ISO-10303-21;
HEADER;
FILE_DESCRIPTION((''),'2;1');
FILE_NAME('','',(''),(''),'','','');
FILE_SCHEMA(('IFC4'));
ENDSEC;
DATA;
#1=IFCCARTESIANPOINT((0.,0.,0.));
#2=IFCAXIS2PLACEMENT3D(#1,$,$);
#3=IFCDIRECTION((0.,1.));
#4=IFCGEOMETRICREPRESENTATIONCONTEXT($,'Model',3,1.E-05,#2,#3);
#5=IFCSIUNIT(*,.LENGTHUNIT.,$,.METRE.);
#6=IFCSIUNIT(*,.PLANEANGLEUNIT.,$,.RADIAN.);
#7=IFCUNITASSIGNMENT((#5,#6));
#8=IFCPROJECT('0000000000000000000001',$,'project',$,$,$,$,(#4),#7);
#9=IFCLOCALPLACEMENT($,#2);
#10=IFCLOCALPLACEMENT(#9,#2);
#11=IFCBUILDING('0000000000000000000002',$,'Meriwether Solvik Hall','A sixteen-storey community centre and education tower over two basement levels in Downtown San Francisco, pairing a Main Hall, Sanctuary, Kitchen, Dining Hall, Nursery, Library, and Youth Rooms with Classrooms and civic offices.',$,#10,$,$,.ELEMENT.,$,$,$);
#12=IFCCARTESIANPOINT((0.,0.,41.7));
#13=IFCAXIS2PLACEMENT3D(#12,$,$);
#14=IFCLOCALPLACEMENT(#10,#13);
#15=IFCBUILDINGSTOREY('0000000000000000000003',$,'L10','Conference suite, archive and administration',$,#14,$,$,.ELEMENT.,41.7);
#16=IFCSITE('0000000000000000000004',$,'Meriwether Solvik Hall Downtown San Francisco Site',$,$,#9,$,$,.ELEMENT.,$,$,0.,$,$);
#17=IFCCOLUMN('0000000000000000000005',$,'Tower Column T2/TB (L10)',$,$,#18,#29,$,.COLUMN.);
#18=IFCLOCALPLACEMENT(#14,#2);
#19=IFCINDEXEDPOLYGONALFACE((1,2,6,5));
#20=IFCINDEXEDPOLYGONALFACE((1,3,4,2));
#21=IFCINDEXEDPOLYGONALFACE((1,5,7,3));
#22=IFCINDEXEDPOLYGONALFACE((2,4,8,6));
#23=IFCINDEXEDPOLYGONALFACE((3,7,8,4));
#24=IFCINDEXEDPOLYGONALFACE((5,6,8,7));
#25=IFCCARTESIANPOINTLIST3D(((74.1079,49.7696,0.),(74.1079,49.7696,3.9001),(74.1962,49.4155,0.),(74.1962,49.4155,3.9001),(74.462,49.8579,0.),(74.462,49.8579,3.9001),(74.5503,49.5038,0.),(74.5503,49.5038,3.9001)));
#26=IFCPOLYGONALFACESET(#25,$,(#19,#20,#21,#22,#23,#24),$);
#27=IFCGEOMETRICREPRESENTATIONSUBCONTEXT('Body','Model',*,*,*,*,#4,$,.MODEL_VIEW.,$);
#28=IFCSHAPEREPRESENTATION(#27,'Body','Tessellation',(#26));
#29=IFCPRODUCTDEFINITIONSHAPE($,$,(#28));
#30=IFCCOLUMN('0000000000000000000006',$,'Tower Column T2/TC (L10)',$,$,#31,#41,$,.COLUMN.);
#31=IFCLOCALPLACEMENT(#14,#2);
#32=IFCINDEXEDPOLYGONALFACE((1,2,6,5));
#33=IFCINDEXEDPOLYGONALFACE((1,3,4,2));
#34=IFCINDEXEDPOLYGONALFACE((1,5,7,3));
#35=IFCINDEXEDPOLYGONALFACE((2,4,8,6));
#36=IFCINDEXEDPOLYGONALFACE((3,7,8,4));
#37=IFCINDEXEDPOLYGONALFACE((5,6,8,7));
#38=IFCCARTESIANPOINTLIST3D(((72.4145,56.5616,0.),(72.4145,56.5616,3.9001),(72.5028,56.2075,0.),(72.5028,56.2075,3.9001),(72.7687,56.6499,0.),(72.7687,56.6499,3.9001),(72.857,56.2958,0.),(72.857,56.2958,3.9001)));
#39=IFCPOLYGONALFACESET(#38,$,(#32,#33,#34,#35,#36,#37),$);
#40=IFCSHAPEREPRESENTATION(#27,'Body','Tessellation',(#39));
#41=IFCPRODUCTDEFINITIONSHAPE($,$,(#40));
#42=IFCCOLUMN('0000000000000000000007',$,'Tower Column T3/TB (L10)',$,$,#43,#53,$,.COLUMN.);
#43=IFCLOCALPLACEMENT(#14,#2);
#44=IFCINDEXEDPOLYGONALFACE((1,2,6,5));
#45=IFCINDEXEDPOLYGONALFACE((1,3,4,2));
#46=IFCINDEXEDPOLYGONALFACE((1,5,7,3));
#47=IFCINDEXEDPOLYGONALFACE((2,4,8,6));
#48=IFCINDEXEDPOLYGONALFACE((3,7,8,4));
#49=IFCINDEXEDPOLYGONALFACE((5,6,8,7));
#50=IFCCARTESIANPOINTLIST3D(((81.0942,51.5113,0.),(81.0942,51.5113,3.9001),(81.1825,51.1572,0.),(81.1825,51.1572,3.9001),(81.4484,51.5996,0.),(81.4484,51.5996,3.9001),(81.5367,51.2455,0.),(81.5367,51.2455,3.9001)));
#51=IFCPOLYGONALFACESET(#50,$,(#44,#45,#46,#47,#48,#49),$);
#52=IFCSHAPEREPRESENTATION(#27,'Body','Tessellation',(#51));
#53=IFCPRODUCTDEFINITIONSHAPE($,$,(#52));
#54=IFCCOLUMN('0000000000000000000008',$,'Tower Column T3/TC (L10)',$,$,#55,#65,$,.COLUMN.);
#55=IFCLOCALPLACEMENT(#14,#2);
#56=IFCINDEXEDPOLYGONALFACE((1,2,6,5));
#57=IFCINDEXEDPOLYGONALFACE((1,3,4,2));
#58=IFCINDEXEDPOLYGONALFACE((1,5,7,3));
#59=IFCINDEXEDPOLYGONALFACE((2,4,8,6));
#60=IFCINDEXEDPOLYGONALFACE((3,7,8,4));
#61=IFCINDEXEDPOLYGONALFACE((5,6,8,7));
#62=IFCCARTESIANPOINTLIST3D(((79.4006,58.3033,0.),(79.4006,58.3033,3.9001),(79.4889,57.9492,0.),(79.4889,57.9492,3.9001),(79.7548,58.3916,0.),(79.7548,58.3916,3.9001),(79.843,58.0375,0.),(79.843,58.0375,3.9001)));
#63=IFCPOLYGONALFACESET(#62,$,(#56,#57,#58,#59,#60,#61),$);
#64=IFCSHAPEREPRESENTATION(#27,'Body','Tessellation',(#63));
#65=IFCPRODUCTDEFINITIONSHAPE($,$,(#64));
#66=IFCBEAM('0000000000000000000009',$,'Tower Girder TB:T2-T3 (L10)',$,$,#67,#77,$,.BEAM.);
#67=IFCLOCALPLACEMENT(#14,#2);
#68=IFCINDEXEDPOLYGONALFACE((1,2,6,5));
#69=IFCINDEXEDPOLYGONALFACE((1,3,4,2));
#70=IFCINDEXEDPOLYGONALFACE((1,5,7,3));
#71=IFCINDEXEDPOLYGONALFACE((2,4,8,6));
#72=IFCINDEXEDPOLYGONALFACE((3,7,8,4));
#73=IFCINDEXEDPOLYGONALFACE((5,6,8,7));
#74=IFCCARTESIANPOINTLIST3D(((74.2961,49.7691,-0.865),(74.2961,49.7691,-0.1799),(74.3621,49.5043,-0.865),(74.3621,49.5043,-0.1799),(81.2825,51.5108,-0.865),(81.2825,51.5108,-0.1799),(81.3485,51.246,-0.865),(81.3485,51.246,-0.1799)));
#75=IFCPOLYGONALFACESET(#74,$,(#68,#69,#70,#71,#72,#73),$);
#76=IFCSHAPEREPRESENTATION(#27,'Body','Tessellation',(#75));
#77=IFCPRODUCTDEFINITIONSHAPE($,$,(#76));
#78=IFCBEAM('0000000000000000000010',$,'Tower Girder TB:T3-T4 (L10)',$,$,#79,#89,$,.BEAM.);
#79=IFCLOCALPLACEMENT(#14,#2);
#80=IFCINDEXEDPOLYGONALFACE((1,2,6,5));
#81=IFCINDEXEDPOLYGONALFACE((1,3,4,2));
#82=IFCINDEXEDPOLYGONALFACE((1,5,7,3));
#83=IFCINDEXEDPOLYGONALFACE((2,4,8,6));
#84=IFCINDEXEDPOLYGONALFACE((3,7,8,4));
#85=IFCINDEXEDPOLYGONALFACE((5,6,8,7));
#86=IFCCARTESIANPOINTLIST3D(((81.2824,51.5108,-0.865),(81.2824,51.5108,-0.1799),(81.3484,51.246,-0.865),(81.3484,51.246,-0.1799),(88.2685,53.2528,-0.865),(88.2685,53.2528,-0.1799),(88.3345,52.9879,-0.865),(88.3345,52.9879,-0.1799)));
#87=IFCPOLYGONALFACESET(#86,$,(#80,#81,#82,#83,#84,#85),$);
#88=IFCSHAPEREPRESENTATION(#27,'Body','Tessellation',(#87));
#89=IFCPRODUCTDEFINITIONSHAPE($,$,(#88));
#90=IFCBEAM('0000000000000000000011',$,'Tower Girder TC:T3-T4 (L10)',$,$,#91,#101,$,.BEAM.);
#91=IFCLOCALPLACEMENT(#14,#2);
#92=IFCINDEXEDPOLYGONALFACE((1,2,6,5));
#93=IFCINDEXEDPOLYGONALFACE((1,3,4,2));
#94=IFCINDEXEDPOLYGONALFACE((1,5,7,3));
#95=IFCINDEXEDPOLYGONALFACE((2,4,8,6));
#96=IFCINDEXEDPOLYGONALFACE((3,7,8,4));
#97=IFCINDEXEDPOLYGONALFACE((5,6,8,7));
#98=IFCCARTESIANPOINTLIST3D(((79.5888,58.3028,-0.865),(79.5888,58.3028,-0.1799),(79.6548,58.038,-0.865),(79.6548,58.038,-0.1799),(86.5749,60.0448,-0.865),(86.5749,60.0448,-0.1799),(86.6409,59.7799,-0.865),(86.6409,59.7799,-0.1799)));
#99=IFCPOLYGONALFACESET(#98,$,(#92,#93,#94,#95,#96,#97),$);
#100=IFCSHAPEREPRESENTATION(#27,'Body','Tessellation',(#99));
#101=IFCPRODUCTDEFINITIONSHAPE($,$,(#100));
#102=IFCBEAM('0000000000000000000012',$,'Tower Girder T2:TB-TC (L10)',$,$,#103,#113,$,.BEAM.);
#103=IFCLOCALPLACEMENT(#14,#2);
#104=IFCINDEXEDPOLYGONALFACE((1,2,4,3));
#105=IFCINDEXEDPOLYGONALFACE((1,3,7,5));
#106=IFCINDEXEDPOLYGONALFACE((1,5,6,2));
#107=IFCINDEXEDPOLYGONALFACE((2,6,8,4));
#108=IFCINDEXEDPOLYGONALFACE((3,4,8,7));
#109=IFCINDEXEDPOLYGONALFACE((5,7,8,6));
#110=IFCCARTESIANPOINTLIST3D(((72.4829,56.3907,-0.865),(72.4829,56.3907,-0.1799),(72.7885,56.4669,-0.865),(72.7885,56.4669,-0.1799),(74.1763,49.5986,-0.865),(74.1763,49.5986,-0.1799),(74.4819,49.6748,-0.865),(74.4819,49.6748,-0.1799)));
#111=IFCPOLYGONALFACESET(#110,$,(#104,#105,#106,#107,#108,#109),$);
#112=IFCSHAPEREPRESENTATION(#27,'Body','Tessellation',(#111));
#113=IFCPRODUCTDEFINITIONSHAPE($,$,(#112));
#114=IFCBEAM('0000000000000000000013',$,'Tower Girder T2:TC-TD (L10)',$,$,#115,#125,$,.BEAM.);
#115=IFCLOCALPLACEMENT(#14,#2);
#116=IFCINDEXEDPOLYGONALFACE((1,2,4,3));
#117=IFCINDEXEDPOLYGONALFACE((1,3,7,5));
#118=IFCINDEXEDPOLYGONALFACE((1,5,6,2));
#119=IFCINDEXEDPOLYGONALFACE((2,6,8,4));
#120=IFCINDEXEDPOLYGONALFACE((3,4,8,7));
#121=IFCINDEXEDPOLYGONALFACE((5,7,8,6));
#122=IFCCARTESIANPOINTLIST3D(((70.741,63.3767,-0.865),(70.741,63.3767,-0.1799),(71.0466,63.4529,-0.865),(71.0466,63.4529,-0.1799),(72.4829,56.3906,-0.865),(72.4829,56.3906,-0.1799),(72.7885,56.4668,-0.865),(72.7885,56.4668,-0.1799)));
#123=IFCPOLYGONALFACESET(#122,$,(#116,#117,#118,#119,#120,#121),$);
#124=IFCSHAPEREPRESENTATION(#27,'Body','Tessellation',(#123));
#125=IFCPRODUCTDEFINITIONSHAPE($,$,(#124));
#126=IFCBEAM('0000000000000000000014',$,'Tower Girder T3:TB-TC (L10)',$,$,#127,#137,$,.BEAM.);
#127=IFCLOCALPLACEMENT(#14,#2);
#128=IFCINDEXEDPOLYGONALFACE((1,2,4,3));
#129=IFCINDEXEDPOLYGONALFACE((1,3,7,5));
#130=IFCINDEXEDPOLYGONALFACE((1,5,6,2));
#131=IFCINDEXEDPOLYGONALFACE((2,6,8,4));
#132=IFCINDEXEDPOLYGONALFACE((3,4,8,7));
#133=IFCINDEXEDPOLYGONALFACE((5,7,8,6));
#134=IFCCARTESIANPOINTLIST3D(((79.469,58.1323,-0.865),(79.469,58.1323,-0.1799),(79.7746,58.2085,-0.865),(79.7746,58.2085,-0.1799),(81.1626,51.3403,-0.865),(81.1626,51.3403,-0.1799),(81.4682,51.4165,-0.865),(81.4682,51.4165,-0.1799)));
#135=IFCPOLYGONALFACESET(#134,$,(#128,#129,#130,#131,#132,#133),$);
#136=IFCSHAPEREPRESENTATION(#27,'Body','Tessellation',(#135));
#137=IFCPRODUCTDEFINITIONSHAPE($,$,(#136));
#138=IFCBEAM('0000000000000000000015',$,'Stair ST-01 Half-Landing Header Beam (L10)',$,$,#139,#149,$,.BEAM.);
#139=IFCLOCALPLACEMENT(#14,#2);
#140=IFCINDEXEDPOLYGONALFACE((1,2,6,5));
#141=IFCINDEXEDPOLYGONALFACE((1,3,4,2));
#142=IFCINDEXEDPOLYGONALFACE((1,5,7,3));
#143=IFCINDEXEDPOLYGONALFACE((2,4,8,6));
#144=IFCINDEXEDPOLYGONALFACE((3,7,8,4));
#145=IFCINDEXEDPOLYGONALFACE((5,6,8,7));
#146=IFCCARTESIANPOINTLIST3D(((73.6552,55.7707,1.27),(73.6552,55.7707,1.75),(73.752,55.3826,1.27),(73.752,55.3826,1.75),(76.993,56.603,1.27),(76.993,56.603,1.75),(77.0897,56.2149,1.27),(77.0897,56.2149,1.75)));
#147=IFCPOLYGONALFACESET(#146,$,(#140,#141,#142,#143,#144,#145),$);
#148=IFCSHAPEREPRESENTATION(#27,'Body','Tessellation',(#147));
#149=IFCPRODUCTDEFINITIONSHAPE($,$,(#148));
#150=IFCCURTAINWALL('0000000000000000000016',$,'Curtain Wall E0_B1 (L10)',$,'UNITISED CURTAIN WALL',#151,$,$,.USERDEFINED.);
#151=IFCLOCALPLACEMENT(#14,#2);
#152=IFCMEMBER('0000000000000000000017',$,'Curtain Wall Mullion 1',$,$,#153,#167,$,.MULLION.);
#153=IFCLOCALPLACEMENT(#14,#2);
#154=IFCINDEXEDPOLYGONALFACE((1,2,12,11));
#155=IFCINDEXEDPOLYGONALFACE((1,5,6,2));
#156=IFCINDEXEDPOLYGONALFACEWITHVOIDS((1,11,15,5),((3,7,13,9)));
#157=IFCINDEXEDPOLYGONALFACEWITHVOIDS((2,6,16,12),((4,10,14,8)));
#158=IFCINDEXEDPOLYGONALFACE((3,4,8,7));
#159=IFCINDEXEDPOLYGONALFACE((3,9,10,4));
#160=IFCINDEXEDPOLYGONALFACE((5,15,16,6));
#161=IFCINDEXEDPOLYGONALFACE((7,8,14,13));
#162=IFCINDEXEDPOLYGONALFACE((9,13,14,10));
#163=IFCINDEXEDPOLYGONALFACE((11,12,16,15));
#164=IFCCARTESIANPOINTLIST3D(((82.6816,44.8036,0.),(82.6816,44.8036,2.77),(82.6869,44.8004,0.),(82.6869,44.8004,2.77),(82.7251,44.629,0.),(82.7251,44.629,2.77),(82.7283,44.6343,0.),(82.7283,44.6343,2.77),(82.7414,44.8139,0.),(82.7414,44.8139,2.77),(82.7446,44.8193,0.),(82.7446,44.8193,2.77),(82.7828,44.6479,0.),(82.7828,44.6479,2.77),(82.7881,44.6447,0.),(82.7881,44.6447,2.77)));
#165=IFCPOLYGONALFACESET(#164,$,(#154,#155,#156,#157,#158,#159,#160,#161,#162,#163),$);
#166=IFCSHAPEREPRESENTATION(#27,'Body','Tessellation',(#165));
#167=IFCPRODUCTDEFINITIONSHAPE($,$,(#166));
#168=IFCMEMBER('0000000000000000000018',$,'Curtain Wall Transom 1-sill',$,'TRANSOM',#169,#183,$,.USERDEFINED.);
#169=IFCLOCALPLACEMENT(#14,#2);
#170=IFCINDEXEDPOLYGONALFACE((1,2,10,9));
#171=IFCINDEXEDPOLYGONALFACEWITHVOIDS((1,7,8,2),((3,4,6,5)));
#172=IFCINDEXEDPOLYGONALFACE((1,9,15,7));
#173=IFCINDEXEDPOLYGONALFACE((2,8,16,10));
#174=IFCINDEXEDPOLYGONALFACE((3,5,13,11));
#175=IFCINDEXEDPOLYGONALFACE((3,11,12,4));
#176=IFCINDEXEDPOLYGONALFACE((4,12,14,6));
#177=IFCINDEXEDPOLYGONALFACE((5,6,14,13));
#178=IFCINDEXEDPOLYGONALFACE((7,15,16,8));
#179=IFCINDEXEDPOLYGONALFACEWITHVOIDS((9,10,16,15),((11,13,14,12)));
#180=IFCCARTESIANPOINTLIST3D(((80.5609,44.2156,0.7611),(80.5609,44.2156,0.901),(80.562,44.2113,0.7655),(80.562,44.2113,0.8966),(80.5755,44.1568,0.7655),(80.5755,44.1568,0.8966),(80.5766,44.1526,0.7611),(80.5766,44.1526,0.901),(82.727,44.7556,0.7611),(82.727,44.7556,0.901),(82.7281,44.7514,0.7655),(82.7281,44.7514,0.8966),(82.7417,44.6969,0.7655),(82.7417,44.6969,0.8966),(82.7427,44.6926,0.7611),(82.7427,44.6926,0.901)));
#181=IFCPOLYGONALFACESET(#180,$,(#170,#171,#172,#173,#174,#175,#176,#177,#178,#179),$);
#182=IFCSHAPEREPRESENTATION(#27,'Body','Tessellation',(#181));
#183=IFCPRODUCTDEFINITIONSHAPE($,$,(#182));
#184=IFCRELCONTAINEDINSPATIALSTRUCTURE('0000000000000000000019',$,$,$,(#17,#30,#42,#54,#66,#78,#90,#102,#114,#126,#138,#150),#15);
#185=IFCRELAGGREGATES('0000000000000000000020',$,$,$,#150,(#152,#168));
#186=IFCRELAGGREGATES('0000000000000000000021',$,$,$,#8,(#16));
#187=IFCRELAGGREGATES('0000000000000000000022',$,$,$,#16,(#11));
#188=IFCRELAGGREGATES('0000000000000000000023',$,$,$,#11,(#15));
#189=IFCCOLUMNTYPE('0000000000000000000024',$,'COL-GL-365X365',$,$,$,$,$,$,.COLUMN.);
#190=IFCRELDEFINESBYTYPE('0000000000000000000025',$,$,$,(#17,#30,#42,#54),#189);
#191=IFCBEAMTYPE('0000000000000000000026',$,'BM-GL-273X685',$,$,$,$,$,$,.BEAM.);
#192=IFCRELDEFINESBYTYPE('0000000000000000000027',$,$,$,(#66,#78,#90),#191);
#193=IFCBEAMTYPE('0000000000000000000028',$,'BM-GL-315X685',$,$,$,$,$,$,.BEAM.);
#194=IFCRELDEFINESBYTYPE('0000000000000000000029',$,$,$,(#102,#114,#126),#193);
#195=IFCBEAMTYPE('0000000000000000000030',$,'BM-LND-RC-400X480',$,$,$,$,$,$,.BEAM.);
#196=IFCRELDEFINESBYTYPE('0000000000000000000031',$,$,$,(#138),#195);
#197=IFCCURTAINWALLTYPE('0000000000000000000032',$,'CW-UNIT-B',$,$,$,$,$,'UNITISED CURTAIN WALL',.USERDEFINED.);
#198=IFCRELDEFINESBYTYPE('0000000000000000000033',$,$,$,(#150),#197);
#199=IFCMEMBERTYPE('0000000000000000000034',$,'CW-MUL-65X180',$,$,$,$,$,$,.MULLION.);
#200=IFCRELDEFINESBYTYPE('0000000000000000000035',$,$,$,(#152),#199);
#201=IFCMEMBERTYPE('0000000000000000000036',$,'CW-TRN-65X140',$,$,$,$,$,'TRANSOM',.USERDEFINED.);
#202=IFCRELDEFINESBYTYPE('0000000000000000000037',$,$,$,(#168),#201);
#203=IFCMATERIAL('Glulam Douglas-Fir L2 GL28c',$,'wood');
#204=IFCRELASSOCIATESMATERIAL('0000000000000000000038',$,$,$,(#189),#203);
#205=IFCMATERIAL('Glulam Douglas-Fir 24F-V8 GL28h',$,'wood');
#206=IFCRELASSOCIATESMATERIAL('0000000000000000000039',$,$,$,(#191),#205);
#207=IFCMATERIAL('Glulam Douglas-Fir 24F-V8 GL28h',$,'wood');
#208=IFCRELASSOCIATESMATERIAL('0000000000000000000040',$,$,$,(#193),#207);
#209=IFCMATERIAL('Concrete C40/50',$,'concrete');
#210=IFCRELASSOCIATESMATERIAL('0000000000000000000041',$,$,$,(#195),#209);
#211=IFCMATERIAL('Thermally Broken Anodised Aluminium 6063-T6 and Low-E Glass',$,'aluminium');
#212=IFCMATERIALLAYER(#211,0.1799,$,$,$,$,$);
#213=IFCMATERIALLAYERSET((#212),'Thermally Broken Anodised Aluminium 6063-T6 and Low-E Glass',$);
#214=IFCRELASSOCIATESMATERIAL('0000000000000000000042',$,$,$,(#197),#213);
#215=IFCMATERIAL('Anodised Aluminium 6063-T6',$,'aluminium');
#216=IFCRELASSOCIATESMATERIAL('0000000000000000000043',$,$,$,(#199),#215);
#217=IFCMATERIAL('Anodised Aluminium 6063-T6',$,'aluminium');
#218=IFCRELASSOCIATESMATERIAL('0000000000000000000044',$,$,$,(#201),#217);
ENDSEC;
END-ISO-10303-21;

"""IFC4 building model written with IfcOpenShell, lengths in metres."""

from ifc_helpers import new_model, si_unit, direction, frame, origin, origin_2d, place, context, subcontext, project, spatial, rectangle, hollow_rectangle, extrude, material, layer, layer_set, material_profile, profile_set, type_object, element, aggregate, save


model = new_model("IFC4")

# Units and contexts
model_context = context("Model", 3, precision=1e-05, world=origin(), true_north=direction((0.0, 1.0)))
body_context = subcontext(model_context, "Body", "Model", "MODEL_VIEW")
ifc_project = project(units=[si_unit("LENGTHUNIT", "METRE"), si_unit("PLANEANGLEUNIT", "RADIAN")], contexts=[model_context])

# Site, building, storey
site_placement = place(None, origin())
site = spatial("IfcSite", under=ifc_project, at=site_placement, Name="Meriwether Solvik Hall Downtown San Francisco Site", CompositionType="ELEMENT", RefElevation=0.0)
building_placement = place(site_placement, origin())
building = spatial("IfcBuilding", under=site, at=building_placement, Name="Meriwether Solvik Hall", Description="A sixteen-storey community centre and education tower over two basement levels in Downtown San Francisco, pairing a Main Hall, Sanctuary, Kitchen, Dining Hall, Nursery, Library, and Youth Rooms with Classrooms and civic offices.", CompositionType="ELEMENT")
storey_placement = place(building_placement, frame((0.0, 0.0, 41.7)))
storey = spatial("IfcBuildingStorey", under=building, at=storey_placement, Name="L10", Description="Conference suite, archive and administration", CompositionType="ELEMENT", Elevation=41.7)

# Columns
ifc_material_1 = material(Name="Glulam Douglas-Fir L2 GL28c", Category="wood")
ifc_material_profile_1 = material_profile(ifc_material_1, rectangle(XDim=0.365, YDim=0.365, at=origin_2d()), Name="GLC-365X365")
ifc_profile_set_1 = profile_set([ifc_material_profile_1], Name="Glulam Douglas-Fir L2 GL28c")
column_type = type_object("IfcColumnType", Name="COL-GL-365X365", PredefinedType="COLUMN", material=ifc_profile_set_1)
for number, where, z_axis, x_axis, name in (
    (1, (74.3291, 49.6367, 0.0), (0.0, 0.0, 1.0), (0.970296, 0.241922, 0.0), "Tower Column T2/TB (L10)"),
    (2, (72.6357, 56.4287, 0.0), (0.0, 0.0, 1.0), (0.970296, 0.241922, 0.0), "Tower Column T2/TC (L10)"),
    (3, (81.3154, 51.3784, 0.0), (0.0, 0.0, 1.0), (0.970296, 0.241922, 0.0), "Tower Column T3/TB (L10)"),
    (4, (79.6218, 58.1704, 0.0), (0.0, 0.0, 1.0), (0.970296, 0.241922, 0.0), "Tower Column T3/TC (L10)"),
):
    element("IfcColumn", number, at=place(storey_placement, frame(where, z_axis=z_axis, x_axis=x_axis)), inside=storey, type_object=column_type, Name=name, PredefinedType="COLUMN", context=body_context, shape_type="SweptSolid", body=[
        extrude(rectangle(XDim=0.365, YDim=0.365, at=origin_2d()), origin(), (0.0, 0.0, 1.0), 3.9001),
    ])

# Beams
ifc_material_2 = material(Name="Glulam Douglas-Fir 24F-V8 GL28h", Category="wood")
ifc_material_profile_2 = material_profile(ifc_material_2, rectangle(XDim=0.2729, YDim=0.6851, at=origin_2d()), Name="GLB-273X685")
ifc_profile_set_2 = profile_set([ifc_material_profile_2], Name="Glulam Douglas-Fir 24F-V8 GL28h")
beam_type_1 = type_object("IfcBeamType", Name="BM-GL-273X685", PredefinedType="BEAM", material=ifc_profile_set_2)
beam_1_placement = place(storey_placement, frame((74.3291, 49.6367, -0.5225), z_axis=(0.970302, 0.241897, 0.0), x_axis=(-0.241897, 0.970302, 0.0)))
element("IfcBeam", 5, at=beam_1_placement, inside=storey, type_object=beam_type_1, Name="Tower Girder TB:T2-T3 (L10)", PredefinedType="BEAM", context=body_context, shape_type="SweptSolid", body=[
    extrude(rectangle(XDim=0.2729, YDim=0.6851, at=origin_2d()), origin(), (0.0, 0.0, 1.0), 7.2002),
])
for number, where, z_axis, x_axis, name in (
    (6, (81.3154, 51.3784, -0.5225), (0.970292, 0.241937, 0.0), (-0.241937, 0.970292, 0.0), "Tower Girder TB:T3-T4 (L10)"),
    (7, (79.6218, 58.1704, -0.5225), (0.970292, 0.241937, 0.0), (-0.241937, 0.970292, 0.0), "Tower Girder TC:T3-T4 (L10)"),
):
    element("IfcBeam", number, at=place(storey_placement, frame(where, z_axis=z_axis, x_axis=x_axis)), inside=storey, type_object=beam_type_1, Name=name, PredefinedType="BEAM", context=body_context, shape_type="SweptSolid", body=[
        extrude(rectangle(XDim=0.2729, YDim=0.6851, at=origin_2d()), origin(), (0.0, 0.0, 1.0), 7.2),
    ])
ifc_material_3 = material(Name="Glulam Douglas-Fir 24F-V8 GL28h", Category="wood")
ifc_material_profile_3 = material_profile(ifc_material_3, rectangle(XDim=0.3149, YDim=0.6851, at=origin_2d()), Name="GLB-315X685")
ifc_profile_set_3 = profile_set([ifc_material_profile_3], Name="Glulam Douglas-Fir 24F-V8 GL28h")
beam_type_2 = type_object("IfcBeamType", Name="BM-GL-315X685", PredefinedType="BEAM", material=ifc_profile_set_3)
beam_2_placement = place(storey_placement, frame((74.3291, 49.6367, -0.5225), z_axis=(-0.241912, 0.970298, 0.0), x_axis=(-0.970298, -0.241912, 0.0)))
element("IfcBeam", 8, at=beam_2_placement, inside=storey, type_object=beam_type_2, Name="Tower Girder T2:TB-TC (L10)", PredefinedType="BEAM", context=body_context, shape_type="SweptSolid", body=[
    extrude(rectangle(XDim=0.3149, YDim=0.6851, at=origin_2d()), origin(), (0.0, 0.0, 1.0), 7.0),
])
beam_3_placement = place(storey_placement, frame((72.6357, 56.4287, -0.5225), z_axis=(-0.241937, 0.970292, 0.0), x_axis=(-0.970292, -0.241937, 0.0)))
element("IfcBeam", 9, at=beam_3_placement, inside=storey, type_object=beam_type_2, Name="Tower Girder T2:TC-TD (L10)", PredefinedType="BEAM", context=body_context, shape_type="SweptSolid", body=[
    extrude(rectangle(XDim=0.3149, YDim=0.6851, at=origin_2d()), origin(), (0.0, 0.0, 1.0), 7.2),
])
beam_4_placement = place(storey_placement, frame((81.3154, 51.3784, -0.5225), z_axis=(-0.241945, 0.97029, 0.0), x_axis=(-0.97029, -0.241945, 0.0)))
element("IfcBeam", 10, at=beam_4_placement, inside=storey, type_object=beam_type_2, Name="Tower Girder T3:TB-TC (L10)", PredefinedType="BEAM", context=body_context, shape_type="SweptSolid", body=[
    extrude(rectangle(XDim=0.3149, YDim=0.6851, at=origin_2d()), origin(), (0.0, 0.0, 1.0), 7.0),
])
ifc_material_4 = material(Name="Concrete C40/50", Category="concrete")
ifc_material_profile_4 = material_profile(ifc_material_4, rectangle(XDim=0.3999, YDim=0.48, at=origin_2d()), Name="RCB-400X480")
ifc_profile_set_4 = profile_set([ifc_material_profile_4], Name="Concrete C40/50")
beam_type_3 = type_object("IfcBeamType", Name="BM-LND-RC-400X480", PredefinedType="BEAM", material=ifc_profile_set_4)
beam_5_placement = place(storey_placement, frame((73.7036, 55.5767, 1.51), z_axis=(0.970288, 0.241951, 0.0), x_axis=(-0.241951, 0.970288, 0.0)))
element("IfcBeam", 11, at=beam_5_placement, inside=storey, type_object=beam_type_3, Name="Stair ST-01 Half-Landing Header Beam (L10)", PredefinedType="BEAM", context=body_context, shape_type="SweptSolid", body=[
    extrude(rectangle(XDim=0.3999, YDim=0.48, at=origin_2d()), origin(), (0.0, 0.0, 1.0), 3.4399),
])

# Curtain wall, members
ifc_material_5 = material(Name="Thermally Broken Anodised Aluminium 6063-T6 and Low-E Glass", Category="aluminium")
ifc_layer_1 = layer(ifc_material_5, 0.1799)
ifc_layer_set_1 = layer_set([ifc_layer_1], Name="Thermally Broken Anodised Aluminium 6063-T6 and Low-E Glass")
curtain_wall_type = type_object("IfcCurtainWallType", Name="CW-UNIT-B", ElementType="UNITISED CURTAIN WALL", PredefinedType="USERDEFINED", material=ifc_layer_set_1)
curtain_wall_placement = place(storey_placement, origin())
curtain_wall = element("IfcCurtainWall", 12, at=curtain_wall_placement, inside=storey, type_object=curtain_wall_type, Name="Curtain Wall E0_B1 (L10)", ObjectType="UNITISED CURTAIN WALL", PredefinedType="USERDEFINED")
ifc_material_6 = material(Name="Anodised Aluminium 6063-T6", Category="aluminium")
ifc_material_profile_5 = material_profile(ifc_material_6, hollow_rectangle(XDim=0.0649, YDim=0.1799, WallThickness=0.0044, at=origin_2d()), Name="CWM-65X180")
ifc_profile_set_5 = profile_set([ifc_material_profile_5], Name="Anodised Aluminium 6063-T6")
member_type_1 = type_object("IfcMemberType", Name="CW-MUL-65X180", PredefinedType="MULLION", material=ifc_profile_set_5)
member_1_placement = place(storey_placement, frame((82.7349, 44.7241, 0.0), z_axis=(0.0, 0.0, 1.0), x_axis=(-0.970296, -0.241922, 0.0)))
member_1 = element("IfcMember", 13, at=member_1_placement, type_object=member_type_1, Name="Curtain Wall Mullion 1", PredefinedType="MULLION", context=body_context, shape_type="SweptSolid", body=[
    extrude(hollow_rectangle(XDim=0.0649, YDim=0.1799, WallThickness=0.0044, at=origin_2d()), origin(), (0.0, 0.0, 1.0), 2.77),
])
ifc_material_7 = material(Name="Anodised Aluminium 6063-T6", Category="aluminium")
ifc_material_profile_6 = material_profile(ifc_material_7, hollow_rectangle(XDim=0.0649, YDim=0.1399, WallThickness=0.0044, at=origin_2d()), Name="CWT-65X140")
ifc_profile_set_6 = profile_set([ifc_material_profile_6], Name="Anodised Aluminium 6063-T6")
member_type_2 = type_object("IfcMemberType", Name="CW-TRN-65X140", ElementType="TRANSOM", PredefinedType="USERDEFINED", material=ifc_profile_set_6)
member_2_placement = place(storey_placement, frame((82.7349, 44.7241, 0.8311), z_axis=(-0.970297, -0.241918, 0.0), x_axis=(0.241918, -0.970297, 0.0)))
member_2 = element("IfcMember", 14, at=member_2_placement, type_object=member_type_2, Name="Curtain Wall Transom 1-sill", ObjectType="TRANSOM", PredefinedType="USERDEFINED", context=body_context, shape_type="SweptSolid", body=[
    extrude(hollow_rectangle(XDim=0.0649, YDim=0.1399, WallThickness=0.0044, at=origin_2d()), origin(), (0.0, 0.0, 1.0), 2.2324),
])

aggregate(curtain_wall, [member_1, member_2])

save(model, "model.ifc")
